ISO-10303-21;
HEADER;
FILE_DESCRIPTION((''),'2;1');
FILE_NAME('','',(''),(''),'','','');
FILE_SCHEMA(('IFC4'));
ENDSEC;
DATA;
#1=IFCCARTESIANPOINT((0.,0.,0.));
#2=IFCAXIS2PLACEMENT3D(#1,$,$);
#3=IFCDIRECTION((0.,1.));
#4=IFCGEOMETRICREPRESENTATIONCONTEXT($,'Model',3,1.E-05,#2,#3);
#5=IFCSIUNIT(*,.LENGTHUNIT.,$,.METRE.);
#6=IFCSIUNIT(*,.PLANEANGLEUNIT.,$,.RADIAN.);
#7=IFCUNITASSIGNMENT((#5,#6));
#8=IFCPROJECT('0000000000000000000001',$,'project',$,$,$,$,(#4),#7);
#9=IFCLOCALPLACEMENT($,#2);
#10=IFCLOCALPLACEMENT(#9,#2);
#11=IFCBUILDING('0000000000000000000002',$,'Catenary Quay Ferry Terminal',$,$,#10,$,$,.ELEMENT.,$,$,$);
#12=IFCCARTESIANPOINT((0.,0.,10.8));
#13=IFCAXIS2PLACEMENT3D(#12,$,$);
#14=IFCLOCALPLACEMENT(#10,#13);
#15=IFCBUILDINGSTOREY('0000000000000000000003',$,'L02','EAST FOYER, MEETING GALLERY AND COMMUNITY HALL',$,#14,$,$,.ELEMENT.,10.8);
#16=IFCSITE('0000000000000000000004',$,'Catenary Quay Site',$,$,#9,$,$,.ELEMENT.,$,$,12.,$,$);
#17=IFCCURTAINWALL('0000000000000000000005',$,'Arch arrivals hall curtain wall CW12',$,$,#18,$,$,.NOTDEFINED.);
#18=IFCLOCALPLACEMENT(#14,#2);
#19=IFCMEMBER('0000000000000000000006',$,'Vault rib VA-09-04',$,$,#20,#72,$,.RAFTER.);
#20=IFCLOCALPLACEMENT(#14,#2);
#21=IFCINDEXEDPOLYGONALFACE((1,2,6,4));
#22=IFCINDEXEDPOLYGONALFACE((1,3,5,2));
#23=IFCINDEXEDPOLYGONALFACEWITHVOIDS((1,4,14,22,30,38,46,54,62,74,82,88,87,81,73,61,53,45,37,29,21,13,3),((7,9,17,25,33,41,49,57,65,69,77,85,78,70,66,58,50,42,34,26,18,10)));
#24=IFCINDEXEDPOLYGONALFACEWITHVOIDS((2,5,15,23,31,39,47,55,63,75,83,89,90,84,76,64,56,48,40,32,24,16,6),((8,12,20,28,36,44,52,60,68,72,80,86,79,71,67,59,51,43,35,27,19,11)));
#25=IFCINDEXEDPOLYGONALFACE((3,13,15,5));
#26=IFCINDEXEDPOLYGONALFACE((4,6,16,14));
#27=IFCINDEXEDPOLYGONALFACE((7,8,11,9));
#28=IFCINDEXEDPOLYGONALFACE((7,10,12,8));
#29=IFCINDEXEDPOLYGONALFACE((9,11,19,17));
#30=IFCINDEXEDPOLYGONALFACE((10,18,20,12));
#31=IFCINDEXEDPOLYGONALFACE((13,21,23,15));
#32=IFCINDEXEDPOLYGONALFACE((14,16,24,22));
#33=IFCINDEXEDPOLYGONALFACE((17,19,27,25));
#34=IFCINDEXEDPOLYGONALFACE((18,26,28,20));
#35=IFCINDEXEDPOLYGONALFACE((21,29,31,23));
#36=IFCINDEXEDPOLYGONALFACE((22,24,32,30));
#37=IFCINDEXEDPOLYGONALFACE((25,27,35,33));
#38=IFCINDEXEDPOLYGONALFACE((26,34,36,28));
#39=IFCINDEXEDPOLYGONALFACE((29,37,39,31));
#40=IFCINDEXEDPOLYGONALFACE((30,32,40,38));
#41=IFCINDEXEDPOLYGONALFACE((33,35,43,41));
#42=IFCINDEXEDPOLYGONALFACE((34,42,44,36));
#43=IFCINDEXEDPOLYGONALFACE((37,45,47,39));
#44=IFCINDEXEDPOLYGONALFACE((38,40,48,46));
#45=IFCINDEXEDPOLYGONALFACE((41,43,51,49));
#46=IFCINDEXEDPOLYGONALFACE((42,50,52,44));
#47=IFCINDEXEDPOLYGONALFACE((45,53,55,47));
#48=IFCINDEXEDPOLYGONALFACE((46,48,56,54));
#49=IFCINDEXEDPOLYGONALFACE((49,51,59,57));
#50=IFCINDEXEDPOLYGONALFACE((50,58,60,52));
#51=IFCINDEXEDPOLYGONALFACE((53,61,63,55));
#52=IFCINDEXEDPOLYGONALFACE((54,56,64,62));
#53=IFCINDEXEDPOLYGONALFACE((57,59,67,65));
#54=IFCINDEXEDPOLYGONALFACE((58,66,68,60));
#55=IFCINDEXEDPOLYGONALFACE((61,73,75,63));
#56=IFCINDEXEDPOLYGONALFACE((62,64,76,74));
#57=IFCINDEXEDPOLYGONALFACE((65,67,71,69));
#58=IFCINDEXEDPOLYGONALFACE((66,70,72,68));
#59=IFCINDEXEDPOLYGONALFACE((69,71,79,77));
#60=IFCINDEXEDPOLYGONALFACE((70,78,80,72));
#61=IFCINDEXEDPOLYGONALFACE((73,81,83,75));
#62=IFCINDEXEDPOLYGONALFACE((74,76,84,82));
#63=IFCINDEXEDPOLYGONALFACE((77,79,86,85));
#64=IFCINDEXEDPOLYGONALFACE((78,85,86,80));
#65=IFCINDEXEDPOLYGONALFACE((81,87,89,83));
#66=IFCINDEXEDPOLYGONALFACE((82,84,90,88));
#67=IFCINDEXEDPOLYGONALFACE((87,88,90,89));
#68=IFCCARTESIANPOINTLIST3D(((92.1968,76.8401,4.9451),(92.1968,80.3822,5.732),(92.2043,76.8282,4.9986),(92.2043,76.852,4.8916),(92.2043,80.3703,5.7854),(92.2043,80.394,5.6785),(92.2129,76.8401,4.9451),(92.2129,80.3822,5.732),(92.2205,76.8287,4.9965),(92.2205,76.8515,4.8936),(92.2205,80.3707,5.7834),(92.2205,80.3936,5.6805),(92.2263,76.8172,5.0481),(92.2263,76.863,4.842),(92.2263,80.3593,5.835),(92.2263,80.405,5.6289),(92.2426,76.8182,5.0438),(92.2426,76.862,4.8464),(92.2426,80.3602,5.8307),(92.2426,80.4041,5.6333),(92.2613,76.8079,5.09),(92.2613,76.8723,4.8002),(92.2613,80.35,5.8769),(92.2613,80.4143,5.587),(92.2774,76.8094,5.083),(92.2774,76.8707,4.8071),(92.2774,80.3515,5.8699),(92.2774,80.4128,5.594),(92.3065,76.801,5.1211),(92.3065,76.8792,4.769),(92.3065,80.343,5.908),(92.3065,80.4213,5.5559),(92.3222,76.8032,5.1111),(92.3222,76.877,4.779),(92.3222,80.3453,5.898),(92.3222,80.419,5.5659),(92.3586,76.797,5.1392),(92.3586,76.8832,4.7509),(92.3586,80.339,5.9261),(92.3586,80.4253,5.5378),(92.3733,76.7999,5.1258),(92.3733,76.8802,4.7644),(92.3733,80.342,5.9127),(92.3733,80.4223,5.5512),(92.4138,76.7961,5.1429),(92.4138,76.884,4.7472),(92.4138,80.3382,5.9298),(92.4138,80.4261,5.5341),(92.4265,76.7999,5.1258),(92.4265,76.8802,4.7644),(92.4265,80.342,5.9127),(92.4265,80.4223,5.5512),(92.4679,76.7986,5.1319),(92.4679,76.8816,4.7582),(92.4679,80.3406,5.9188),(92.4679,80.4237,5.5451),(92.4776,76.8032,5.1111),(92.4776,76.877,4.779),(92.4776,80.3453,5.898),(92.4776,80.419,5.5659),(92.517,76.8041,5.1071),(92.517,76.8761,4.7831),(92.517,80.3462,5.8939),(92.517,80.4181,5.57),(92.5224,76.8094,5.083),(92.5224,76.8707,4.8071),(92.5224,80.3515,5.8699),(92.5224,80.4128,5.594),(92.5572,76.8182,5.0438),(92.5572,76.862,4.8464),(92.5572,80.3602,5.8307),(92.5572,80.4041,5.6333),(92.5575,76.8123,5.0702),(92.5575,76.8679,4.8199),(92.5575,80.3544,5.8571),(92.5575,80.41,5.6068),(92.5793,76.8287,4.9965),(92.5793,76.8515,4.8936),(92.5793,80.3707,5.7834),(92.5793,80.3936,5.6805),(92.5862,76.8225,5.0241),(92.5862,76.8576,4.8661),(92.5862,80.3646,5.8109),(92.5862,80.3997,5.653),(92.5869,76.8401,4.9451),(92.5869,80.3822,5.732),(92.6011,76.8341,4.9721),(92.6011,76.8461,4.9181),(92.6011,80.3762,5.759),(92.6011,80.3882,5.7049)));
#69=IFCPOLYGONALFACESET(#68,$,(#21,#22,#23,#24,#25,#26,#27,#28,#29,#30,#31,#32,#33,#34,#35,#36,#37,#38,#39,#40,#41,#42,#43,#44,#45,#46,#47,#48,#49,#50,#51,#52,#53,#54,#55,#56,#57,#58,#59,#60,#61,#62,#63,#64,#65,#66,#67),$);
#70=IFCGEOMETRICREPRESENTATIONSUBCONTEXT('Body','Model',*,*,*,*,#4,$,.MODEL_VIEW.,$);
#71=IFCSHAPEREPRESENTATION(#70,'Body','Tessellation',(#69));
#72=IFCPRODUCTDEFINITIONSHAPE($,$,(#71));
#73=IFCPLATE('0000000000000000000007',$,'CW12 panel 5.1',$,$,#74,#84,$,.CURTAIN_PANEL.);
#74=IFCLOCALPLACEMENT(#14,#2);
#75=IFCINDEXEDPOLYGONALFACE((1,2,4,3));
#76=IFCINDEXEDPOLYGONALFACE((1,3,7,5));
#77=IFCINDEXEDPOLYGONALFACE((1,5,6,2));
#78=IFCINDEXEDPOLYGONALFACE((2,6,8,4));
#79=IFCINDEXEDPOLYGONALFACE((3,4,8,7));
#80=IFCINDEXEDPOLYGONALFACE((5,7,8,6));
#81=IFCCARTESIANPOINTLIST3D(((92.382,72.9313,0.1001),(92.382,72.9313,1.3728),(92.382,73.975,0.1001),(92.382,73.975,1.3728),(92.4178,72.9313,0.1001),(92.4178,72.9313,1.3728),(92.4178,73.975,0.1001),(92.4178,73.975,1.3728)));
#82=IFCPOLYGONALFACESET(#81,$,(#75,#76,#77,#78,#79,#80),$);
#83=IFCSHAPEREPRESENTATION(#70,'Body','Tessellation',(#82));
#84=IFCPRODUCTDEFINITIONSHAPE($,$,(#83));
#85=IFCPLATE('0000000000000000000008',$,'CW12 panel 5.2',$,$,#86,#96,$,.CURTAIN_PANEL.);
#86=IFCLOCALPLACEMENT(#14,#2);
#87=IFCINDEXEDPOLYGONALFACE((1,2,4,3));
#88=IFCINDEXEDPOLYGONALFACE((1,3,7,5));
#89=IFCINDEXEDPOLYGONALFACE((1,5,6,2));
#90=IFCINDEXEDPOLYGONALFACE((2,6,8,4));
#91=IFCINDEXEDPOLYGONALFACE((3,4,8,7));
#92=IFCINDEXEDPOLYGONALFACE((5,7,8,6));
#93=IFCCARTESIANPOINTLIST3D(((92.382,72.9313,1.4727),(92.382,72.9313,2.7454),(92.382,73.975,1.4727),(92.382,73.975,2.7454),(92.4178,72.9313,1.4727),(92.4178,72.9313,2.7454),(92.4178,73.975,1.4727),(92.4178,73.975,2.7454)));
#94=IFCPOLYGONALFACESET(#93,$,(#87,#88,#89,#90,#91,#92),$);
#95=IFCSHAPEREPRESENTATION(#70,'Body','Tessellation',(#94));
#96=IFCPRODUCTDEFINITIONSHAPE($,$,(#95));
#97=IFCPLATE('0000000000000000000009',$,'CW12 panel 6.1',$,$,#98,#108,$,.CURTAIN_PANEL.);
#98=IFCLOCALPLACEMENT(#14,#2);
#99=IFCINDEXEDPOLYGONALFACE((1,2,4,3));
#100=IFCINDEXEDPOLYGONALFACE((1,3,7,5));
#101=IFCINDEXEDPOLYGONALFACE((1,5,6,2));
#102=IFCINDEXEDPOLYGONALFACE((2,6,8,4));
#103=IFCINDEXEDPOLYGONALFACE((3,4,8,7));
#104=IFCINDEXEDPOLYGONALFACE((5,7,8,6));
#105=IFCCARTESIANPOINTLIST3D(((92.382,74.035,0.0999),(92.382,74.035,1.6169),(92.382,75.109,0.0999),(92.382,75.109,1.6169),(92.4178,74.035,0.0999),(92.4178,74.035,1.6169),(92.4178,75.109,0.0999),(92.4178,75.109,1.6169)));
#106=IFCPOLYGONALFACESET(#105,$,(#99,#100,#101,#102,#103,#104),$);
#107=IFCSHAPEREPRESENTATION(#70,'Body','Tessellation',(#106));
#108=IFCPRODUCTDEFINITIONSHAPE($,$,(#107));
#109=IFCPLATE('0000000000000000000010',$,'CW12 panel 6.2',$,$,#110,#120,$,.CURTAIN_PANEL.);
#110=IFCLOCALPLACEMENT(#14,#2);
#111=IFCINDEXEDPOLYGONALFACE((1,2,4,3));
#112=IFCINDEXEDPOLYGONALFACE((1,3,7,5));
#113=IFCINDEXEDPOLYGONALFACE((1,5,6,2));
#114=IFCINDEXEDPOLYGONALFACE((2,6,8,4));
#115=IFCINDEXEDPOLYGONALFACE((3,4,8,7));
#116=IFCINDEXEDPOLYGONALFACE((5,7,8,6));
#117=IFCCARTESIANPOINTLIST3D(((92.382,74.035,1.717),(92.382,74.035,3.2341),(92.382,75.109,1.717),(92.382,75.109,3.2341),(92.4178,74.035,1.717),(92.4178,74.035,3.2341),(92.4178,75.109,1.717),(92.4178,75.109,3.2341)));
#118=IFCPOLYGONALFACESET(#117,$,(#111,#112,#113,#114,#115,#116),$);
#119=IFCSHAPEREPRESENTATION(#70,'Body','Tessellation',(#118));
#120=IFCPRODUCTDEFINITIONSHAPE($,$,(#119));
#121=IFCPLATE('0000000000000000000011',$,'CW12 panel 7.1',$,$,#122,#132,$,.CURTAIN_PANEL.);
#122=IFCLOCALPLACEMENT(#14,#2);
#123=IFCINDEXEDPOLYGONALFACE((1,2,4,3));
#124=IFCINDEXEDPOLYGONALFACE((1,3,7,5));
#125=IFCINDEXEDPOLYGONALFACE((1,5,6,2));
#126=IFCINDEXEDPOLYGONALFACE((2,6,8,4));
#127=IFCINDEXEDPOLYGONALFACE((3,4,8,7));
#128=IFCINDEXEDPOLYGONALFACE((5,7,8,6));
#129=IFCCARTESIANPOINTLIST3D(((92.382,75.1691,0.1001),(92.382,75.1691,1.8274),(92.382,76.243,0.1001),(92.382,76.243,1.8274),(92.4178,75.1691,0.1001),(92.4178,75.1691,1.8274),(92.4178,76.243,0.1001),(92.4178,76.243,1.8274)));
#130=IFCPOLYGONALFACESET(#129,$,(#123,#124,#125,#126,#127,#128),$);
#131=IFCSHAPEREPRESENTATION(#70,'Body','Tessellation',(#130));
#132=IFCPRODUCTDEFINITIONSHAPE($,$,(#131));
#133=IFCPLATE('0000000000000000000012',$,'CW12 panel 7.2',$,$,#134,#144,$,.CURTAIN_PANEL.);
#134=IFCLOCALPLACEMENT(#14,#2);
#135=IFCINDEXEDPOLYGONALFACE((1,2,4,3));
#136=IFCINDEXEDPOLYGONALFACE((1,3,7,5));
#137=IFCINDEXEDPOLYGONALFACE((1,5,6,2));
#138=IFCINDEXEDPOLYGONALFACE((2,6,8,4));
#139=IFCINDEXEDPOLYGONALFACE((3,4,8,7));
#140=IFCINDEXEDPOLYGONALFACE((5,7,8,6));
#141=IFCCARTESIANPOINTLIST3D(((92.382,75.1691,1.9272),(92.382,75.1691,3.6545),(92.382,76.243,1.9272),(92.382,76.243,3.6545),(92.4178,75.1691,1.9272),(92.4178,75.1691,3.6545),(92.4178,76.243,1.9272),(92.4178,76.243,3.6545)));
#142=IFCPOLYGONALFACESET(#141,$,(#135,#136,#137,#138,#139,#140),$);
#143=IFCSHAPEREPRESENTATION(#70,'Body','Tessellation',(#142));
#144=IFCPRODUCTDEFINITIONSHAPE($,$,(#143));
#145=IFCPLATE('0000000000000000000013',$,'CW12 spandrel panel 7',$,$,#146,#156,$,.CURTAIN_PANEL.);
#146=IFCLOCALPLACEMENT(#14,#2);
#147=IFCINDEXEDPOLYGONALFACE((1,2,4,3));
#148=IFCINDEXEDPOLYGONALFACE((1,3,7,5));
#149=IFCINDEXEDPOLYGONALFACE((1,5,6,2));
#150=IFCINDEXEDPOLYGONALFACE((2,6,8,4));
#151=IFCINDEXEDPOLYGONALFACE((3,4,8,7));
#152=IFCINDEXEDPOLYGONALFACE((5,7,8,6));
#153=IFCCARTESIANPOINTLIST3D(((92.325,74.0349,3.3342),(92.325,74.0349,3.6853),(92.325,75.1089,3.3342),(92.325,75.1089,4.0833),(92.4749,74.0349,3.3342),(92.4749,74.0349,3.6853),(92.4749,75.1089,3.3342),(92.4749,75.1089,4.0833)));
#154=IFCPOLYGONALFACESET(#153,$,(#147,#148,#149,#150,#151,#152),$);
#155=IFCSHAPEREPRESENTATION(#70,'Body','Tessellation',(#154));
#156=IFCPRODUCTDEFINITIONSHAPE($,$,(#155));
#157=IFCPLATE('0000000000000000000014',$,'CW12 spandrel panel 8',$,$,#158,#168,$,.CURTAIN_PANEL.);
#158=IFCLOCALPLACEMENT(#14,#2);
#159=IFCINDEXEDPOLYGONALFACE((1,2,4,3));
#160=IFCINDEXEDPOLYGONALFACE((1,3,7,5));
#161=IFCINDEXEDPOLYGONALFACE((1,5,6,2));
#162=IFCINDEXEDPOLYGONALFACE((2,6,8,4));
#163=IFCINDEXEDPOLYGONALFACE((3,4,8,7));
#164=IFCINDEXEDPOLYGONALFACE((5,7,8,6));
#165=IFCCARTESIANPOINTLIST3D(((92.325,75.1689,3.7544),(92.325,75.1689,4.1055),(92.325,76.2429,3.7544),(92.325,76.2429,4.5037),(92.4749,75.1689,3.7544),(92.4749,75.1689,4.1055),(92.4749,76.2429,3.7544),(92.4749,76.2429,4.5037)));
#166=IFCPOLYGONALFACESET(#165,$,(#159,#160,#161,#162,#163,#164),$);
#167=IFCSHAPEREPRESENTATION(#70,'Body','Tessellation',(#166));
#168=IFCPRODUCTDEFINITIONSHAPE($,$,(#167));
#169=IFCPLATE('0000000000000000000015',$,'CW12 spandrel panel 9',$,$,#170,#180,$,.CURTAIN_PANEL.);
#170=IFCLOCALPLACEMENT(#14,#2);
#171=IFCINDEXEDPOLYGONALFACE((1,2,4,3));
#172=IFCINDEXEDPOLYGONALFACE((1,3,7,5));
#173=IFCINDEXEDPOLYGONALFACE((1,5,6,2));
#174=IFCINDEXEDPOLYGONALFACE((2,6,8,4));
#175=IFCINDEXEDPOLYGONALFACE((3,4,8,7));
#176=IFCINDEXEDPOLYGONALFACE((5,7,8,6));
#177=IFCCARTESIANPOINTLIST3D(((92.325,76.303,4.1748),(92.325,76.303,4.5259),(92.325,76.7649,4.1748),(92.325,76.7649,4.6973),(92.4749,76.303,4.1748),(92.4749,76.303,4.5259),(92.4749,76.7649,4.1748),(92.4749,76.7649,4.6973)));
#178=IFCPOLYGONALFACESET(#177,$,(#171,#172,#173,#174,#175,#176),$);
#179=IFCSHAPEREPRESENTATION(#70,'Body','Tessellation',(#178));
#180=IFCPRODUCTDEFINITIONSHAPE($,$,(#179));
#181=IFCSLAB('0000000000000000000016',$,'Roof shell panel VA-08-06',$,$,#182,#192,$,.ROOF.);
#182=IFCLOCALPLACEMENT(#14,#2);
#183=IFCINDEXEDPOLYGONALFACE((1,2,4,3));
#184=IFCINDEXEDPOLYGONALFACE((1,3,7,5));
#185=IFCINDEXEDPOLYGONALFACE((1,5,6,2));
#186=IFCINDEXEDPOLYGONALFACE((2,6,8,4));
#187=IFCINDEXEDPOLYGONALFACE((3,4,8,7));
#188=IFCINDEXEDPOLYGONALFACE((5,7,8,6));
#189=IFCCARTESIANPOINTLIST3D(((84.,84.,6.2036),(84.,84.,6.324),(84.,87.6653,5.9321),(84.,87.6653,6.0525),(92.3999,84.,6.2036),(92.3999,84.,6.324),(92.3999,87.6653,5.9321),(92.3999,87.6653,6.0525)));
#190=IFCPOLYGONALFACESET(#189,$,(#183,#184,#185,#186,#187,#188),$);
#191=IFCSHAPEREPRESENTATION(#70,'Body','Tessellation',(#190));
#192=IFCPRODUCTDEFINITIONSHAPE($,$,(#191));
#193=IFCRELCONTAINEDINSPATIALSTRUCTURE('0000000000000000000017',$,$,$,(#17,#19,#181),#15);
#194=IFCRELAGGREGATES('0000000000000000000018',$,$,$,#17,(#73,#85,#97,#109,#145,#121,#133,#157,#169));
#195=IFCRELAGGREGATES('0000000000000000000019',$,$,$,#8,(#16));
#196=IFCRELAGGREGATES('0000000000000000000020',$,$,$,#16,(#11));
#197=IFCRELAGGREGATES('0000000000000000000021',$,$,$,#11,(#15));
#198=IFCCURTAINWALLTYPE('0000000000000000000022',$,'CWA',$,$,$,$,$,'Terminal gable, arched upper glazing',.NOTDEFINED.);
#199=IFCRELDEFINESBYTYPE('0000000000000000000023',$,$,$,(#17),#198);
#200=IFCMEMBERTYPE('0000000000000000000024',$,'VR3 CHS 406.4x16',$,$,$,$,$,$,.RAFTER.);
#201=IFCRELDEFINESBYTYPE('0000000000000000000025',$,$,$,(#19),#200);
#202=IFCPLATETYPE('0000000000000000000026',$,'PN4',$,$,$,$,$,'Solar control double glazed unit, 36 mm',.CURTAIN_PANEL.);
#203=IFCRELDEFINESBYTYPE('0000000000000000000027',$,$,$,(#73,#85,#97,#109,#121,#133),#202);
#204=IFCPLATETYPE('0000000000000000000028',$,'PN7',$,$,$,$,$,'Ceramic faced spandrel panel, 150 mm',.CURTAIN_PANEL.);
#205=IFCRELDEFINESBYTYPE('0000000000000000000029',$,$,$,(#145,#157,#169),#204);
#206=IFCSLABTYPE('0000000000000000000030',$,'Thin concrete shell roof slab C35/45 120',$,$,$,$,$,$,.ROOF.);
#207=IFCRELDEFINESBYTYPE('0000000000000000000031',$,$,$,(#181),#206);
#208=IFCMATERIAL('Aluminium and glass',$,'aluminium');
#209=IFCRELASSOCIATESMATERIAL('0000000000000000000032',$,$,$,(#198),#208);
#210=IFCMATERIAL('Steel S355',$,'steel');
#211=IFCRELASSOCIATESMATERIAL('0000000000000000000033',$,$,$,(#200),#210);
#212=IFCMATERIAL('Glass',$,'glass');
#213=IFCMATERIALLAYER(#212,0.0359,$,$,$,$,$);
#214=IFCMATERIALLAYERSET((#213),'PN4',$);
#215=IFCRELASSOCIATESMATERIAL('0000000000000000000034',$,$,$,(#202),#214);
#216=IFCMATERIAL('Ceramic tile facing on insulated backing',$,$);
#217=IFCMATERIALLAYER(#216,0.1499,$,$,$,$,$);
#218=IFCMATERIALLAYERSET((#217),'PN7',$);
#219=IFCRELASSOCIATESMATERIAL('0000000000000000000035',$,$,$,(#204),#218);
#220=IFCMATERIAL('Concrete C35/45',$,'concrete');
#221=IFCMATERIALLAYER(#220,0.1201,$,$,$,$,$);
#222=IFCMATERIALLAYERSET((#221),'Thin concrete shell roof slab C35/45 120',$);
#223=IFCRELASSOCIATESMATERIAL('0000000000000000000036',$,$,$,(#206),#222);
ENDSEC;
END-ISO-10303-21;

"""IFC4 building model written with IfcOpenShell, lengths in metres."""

from ifc_helpers import new_model, si_unit, direction, frame, origin, origin_2d, place, context, subcontext, project, spatial, polyline, rectangle, hollow_circle, outline, extrude, material, layer, layer_set, material_profile, profile_set, type_object, element, aggregate, save


model = new_model("IFC4")

# Units and contexts
model_context = context("Model", 3, precision=1e-05, world=origin(), true_north=direction((0.0, 1.0)))
body_context = subcontext(model_context, "Body", "Model", "MODEL_VIEW")
ifc_project = project(units=[si_unit("LENGTHUNIT", "METRE"), si_unit("PLANEANGLEUNIT", "RADIAN")], contexts=[model_context])

# Site, building, storey
site_placement = place(None, origin())
site = spatial("IfcSite", under=ifc_project, at=site_placement, Name="Catenary Quay Site", CompositionType="ELEMENT", RefElevation=12.0)
building_placement = place(site_placement, origin())
building = spatial("IfcBuilding", under=site, at=building_placement, Name="Catenary Quay Ferry Terminal", CompositionType="ELEMENT")
storey_placement = place(building_placement, frame((0.0, 0.0, 10.8)))
storey = spatial("IfcBuildingStorey", under=building, at=storey_placement, Name="L02", Description="EAST FOYER, MEETING GALLERY AND COMMUNITY HALL", CompositionType="ELEMENT", Elevation=10.8)

# Curtain wall
ifc_material_1 = material(Name="Aluminium and glass", Category="aluminium")
curtain_wall_type = type_object("IfcCurtainWallType", Name="CWA", ElementType="Terminal gable, arched upper glazing", PredefinedType="NOTDEFINED", material=ifc_material_1)
curtain_wall_placement = place(storey_placement, origin())
curtain_wall = element("IfcCurtainWall", 1, at=curtain_wall_placement, inside=storey, type_object=curtain_wall_type, Name="Arch arrivals hall curtain wall CW12", PredefinedType="NOTDEFINED")

# Member
ifc_material_2 = material(Name="Steel S355", Category="steel")
ifc_material_profile_1 = material_profile(ifc_material_2, hollow_circle(Radius=0.2031, WallThickness=0.0161, at=origin_2d()), Name="CHS 406.4x16")
ifc_profile_set_1 = profile_set([ifc_material_profile_1], Name="Steel S355")
member_type_1 = type_object("IfcMemberType", Name="VR3 CHS 406.4x16", PredefinedType="RAFTER", material=ifc_profile_set_1)
for number, where, z_axis, x_axis, name in (
    (2, (92.3999, 76.8401, 4.9451), (0.0, 0.976201, 0.216866), (-1.0, 0.0, 0.0), "Vault rib VA-09-04"),
):
    element("IfcMember", number, at=place(storey_placement, frame(where, z_axis=z_axis, x_axis=x_axis)), inside=storey, type_object=member_type_1, Name=name, PredefinedType="RAFTER", context=body_context, shape_type="SweptSolid", body=[
        extrude(hollow_circle(Radius=0.2031, WallThickness=0.0161, at=origin_2d()), origin(), (0.0, 0.0, 1.0), 3.6284),
    ])

# Plates
ifc_material_3 = material(Name="Glass", Category="glass")
ifc_layer_1 = layer(ifc_material_3, 0.0359)
ifc_layer_set_1 = layer_set([ifc_layer_1], Name="PN4")
plate_type_1 = type_object("IfcPlateType", Name="PN4", ElementType="Solar control double glazed unit, 36 mm", PredefinedType="CURTAIN_PANEL", material=ifc_layer_set_1)
plate_1_placement = place(storey_placement, frame((92.3999, 73.4531, 0.1001), z_axis=(0.0, 0.0, 1.0), x_axis=(0.0, 1.0, 0.0)))
plate_1 = element("IfcPlate", 3, at=plate_1_placement, type_object=plate_type_1, Name="CW12 panel 5.1", PredefinedType="CURTAIN_PANEL", context=body_context, shape_type="SweptSolid", body=[
    extrude(rectangle(XDim=1.0437, YDim=0.0359, at=origin_2d()), origin(), (0.0, 0.0, 1.0), 1.2727),
])
plate_2_placement = place(storey_placement, frame((92.3999, 73.4531, 1.4727), z_axis=(0.0, 0.0, 1.0), x_axis=(0.0, 1.0, 0.0)))
plate_2 = element("IfcPlate", 4, at=plate_2_placement, type_object=plate_type_1, Name="CW12 panel 5.2", PredefinedType="CURTAIN_PANEL", context=body_context, shape_type="SweptSolid", body=[
    extrude(rectangle(XDim=1.0437, YDim=0.0359, at=origin_2d()), origin(), (0.0, 0.0, 1.0), 1.2727),
])
plate_3_placement = place(storey_placement, frame((92.3999, 74.572, 0.0999), z_axis=(0.0, 0.0, 1.0), x_axis=(0.0, 1.0, 0.0)))
plate_3 = element("IfcPlate", 5, at=plate_3_placement, type_object=plate_type_1, Name="CW12 panel 6.1", PredefinedType="CURTAIN_PANEL", context=body_context, shape_type="SweptSolid", body=[
    extrude(rectangle(XDim=1.074, YDim=0.0359, at=origin_2d()), origin(), (0.0, 0.0, 1.0), 1.5171),
])
plate_4_placement = place(storey_placement, frame((92.3999, 74.572, 1.717), z_axis=(0.0, 0.0, 1.0), x_axis=(0.0, 1.0, 0.0)))
plate_4 = element("IfcPlate", 6, at=plate_4_placement, type_object=plate_type_1, Name="CW12 panel 6.2", PredefinedType="CURTAIN_PANEL", context=body_context, shape_type="SweptSolid", body=[
    extrude(rectangle(XDim=1.074, YDim=0.0359, at=origin_2d()), origin(), (0.0, 0.0, 1.0), 1.5171),
])
plate_5_placement = place(storey_placement, frame((92.3999, 75.7061, 0.1001), z_axis=(0.0, 0.0, 1.0), x_axis=(0.0, 1.0, 0.0)))
plate_5 = element("IfcPlate", 7, at=plate_5_placement, type_object=plate_type_1, Name="CW12 panel 7.1", PredefinedType="CURTAIN_PANEL", context=body_context, shape_type="SweptSolid", body=[
    extrude(rectangle(XDim=1.074, YDim=0.0359, at=origin_2d()), origin(), (0.0, 0.0, 1.0), 1.7273),
])
plate_6_placement = place(storey_placement, frame((92.3999, 75.7061, 1.9272), z_axis=(0.0, 0.0, 1.0), x_axis=(0.0, 1.0, 0.0)))
plate_6 = element("IfcPlate", 8, at=plate_6_placement, type_object=plate_type_1, Name="CW12 panel 7.2", PredefinedType="CURTAIN_PANEL", context=body_context, shape_type="SweptSolid", body=[
    extrude(rectangle(XDim=1.074, YDim=0.0359, at=origin_2d()), origin(), (0.0, 0.0, 1.0), 1.7273),
])
ifc_material_4 = material(Name="Ceramic tile facing on insulated backing")
ifc_layer_2 = layer(ifc_material_4, 0.1499)
ifc_layer_set_2 = layer_set([ifc_layer_2], Name="PN7")
plate_type_2 = type_object("IfcPlateType", Name="PN7", ElementType="Ceramic faced spandrel panel, 150 mm", PredefinedType="CURTAIN_PANEL", material=ifc_layer_set_2)
plate_7_placement = place(storey_placement, frame((92.3999, 74.0349, 3.3342), z_axis=(0.0, 0.0, 1.0), x_axis=(0.0, 1.0, 0.0)))
plate_7 = element("IfcPlate", 9, at=plate_7_placement, type_object=plate_type_2, Name="CW12 spandrel panel 7", PredefinedType="CURTAIN_PANEL", context=body_context, shape_type="SweptSolid", body=[
    extrude(outline(polyline([(0.0, 0.0), (1.074, 0.0), (1.074, 0.749), (0.0, 0.3511), (0.0, 0.0)])), frame((0.0, 0.075, 0.0), z_axis=(0.0, -1.0, 0.0), x_axis=(1.0, 0.0, 0.0)), (0.0, 0.0, 1.0), 0.1499),
])
plate_8_placement = place(storey_placement, frame((92.3999, 75.1689, 3.7544), z_axis=(0.0, 0.0, 1.0), x_axis=(0.0, 1.0, 0.0)))
plate_8 = element("IfcPlate", 10, at=plate_8_placement, type_object=plate_type_2, Name="CW12 spandrel panel 8", PredefinedType="CURTAIN_PANEL", context=body_context, shape_type="SweptSolid", body=[
    extrude(outline(polyline([(0.0, 0.0), (1.074, 0.0), (1.074, 0.7493), (0.0, 0.3511), (0.0, 0.0)])), frame((0.0, 0.075, 0.0), z_axis=(0.0, -1.0, 0.0), x_axis=(1.0, 0.0, 0.0)), (0.0, 0.0, 1.0), 0.1499),
])
plate_9_placement = place(storey_placement, frame((92.3999, 76.303, 4.1748), z_axis=(0.0, 0.0, 1.0), x_axis=(0.0, 1.0, 0.0)))
plate_9 = element("IfcPlate", 11, at=plate_9_placement, type_object=plate_type_2, Name="CW12 spandrel panel 9", PredefinedType="CURTAIN_PANEL", context=body_context, shape_type="SweptSolid", body=[
    extrude(outline(polyline([(0.0, 0.0), (0.4619, 0.0), (0.4619, 0.5225), (0.0, 0.3511), (0.0, 0.0)])), frame((0.0, 0.075, 0.0), z_axis=(0.0, -1.0, 0.0), x_axis=(1.0, 0.0, 0.0)), (0.0, 0.0, 1.0), 0.1499),
])
aggregate(curtain_wall, [plate_1, plate_2, plate_3, plate_4, plate_7, plate_5, plate_6, plate_8, plate_9])

# Slab
ifc_material_5 = material(Name="Concrete C35/45", Category="concrete")
ifc_layer_3 = layer(ifc_material_5, 0.1201)
ifc_layer_set_3 = layer_set([ifc_layer_3], Name="Thin concrete shell roof slab C35/45 120")
slab_type = type_object("IfcSlabType", Name="Thin concrete shell roof slab C35/45 120", PredefinedType="ROOF", material=ifc_layer_set_3)
slab_1_placement = place(storey_placement, frame((84.0, 84.0, 6.324), z_axis=(0.0, 0.073867, 0.997268), x_axis=(1.0, 0.0, 0.0)))
element("IfcSlab", 12, at=slab_1_placement, inside=storey, type_object=slab_type, Name="Roof shell panel VA-08-06", PredefinedType="ROOF", context=body_context, shape_type="SweptSolid", body=[
    extrude(outline(polyline([(0.0, 0.0), (8.3999, 0.0), (8.3999, 3.6753), (0.0, 3.6753), (0.0, 0.0)])), origin(), (0.0, 0.073867, -0.997268), 0.1204),
])

save(model, "model.ifc")
